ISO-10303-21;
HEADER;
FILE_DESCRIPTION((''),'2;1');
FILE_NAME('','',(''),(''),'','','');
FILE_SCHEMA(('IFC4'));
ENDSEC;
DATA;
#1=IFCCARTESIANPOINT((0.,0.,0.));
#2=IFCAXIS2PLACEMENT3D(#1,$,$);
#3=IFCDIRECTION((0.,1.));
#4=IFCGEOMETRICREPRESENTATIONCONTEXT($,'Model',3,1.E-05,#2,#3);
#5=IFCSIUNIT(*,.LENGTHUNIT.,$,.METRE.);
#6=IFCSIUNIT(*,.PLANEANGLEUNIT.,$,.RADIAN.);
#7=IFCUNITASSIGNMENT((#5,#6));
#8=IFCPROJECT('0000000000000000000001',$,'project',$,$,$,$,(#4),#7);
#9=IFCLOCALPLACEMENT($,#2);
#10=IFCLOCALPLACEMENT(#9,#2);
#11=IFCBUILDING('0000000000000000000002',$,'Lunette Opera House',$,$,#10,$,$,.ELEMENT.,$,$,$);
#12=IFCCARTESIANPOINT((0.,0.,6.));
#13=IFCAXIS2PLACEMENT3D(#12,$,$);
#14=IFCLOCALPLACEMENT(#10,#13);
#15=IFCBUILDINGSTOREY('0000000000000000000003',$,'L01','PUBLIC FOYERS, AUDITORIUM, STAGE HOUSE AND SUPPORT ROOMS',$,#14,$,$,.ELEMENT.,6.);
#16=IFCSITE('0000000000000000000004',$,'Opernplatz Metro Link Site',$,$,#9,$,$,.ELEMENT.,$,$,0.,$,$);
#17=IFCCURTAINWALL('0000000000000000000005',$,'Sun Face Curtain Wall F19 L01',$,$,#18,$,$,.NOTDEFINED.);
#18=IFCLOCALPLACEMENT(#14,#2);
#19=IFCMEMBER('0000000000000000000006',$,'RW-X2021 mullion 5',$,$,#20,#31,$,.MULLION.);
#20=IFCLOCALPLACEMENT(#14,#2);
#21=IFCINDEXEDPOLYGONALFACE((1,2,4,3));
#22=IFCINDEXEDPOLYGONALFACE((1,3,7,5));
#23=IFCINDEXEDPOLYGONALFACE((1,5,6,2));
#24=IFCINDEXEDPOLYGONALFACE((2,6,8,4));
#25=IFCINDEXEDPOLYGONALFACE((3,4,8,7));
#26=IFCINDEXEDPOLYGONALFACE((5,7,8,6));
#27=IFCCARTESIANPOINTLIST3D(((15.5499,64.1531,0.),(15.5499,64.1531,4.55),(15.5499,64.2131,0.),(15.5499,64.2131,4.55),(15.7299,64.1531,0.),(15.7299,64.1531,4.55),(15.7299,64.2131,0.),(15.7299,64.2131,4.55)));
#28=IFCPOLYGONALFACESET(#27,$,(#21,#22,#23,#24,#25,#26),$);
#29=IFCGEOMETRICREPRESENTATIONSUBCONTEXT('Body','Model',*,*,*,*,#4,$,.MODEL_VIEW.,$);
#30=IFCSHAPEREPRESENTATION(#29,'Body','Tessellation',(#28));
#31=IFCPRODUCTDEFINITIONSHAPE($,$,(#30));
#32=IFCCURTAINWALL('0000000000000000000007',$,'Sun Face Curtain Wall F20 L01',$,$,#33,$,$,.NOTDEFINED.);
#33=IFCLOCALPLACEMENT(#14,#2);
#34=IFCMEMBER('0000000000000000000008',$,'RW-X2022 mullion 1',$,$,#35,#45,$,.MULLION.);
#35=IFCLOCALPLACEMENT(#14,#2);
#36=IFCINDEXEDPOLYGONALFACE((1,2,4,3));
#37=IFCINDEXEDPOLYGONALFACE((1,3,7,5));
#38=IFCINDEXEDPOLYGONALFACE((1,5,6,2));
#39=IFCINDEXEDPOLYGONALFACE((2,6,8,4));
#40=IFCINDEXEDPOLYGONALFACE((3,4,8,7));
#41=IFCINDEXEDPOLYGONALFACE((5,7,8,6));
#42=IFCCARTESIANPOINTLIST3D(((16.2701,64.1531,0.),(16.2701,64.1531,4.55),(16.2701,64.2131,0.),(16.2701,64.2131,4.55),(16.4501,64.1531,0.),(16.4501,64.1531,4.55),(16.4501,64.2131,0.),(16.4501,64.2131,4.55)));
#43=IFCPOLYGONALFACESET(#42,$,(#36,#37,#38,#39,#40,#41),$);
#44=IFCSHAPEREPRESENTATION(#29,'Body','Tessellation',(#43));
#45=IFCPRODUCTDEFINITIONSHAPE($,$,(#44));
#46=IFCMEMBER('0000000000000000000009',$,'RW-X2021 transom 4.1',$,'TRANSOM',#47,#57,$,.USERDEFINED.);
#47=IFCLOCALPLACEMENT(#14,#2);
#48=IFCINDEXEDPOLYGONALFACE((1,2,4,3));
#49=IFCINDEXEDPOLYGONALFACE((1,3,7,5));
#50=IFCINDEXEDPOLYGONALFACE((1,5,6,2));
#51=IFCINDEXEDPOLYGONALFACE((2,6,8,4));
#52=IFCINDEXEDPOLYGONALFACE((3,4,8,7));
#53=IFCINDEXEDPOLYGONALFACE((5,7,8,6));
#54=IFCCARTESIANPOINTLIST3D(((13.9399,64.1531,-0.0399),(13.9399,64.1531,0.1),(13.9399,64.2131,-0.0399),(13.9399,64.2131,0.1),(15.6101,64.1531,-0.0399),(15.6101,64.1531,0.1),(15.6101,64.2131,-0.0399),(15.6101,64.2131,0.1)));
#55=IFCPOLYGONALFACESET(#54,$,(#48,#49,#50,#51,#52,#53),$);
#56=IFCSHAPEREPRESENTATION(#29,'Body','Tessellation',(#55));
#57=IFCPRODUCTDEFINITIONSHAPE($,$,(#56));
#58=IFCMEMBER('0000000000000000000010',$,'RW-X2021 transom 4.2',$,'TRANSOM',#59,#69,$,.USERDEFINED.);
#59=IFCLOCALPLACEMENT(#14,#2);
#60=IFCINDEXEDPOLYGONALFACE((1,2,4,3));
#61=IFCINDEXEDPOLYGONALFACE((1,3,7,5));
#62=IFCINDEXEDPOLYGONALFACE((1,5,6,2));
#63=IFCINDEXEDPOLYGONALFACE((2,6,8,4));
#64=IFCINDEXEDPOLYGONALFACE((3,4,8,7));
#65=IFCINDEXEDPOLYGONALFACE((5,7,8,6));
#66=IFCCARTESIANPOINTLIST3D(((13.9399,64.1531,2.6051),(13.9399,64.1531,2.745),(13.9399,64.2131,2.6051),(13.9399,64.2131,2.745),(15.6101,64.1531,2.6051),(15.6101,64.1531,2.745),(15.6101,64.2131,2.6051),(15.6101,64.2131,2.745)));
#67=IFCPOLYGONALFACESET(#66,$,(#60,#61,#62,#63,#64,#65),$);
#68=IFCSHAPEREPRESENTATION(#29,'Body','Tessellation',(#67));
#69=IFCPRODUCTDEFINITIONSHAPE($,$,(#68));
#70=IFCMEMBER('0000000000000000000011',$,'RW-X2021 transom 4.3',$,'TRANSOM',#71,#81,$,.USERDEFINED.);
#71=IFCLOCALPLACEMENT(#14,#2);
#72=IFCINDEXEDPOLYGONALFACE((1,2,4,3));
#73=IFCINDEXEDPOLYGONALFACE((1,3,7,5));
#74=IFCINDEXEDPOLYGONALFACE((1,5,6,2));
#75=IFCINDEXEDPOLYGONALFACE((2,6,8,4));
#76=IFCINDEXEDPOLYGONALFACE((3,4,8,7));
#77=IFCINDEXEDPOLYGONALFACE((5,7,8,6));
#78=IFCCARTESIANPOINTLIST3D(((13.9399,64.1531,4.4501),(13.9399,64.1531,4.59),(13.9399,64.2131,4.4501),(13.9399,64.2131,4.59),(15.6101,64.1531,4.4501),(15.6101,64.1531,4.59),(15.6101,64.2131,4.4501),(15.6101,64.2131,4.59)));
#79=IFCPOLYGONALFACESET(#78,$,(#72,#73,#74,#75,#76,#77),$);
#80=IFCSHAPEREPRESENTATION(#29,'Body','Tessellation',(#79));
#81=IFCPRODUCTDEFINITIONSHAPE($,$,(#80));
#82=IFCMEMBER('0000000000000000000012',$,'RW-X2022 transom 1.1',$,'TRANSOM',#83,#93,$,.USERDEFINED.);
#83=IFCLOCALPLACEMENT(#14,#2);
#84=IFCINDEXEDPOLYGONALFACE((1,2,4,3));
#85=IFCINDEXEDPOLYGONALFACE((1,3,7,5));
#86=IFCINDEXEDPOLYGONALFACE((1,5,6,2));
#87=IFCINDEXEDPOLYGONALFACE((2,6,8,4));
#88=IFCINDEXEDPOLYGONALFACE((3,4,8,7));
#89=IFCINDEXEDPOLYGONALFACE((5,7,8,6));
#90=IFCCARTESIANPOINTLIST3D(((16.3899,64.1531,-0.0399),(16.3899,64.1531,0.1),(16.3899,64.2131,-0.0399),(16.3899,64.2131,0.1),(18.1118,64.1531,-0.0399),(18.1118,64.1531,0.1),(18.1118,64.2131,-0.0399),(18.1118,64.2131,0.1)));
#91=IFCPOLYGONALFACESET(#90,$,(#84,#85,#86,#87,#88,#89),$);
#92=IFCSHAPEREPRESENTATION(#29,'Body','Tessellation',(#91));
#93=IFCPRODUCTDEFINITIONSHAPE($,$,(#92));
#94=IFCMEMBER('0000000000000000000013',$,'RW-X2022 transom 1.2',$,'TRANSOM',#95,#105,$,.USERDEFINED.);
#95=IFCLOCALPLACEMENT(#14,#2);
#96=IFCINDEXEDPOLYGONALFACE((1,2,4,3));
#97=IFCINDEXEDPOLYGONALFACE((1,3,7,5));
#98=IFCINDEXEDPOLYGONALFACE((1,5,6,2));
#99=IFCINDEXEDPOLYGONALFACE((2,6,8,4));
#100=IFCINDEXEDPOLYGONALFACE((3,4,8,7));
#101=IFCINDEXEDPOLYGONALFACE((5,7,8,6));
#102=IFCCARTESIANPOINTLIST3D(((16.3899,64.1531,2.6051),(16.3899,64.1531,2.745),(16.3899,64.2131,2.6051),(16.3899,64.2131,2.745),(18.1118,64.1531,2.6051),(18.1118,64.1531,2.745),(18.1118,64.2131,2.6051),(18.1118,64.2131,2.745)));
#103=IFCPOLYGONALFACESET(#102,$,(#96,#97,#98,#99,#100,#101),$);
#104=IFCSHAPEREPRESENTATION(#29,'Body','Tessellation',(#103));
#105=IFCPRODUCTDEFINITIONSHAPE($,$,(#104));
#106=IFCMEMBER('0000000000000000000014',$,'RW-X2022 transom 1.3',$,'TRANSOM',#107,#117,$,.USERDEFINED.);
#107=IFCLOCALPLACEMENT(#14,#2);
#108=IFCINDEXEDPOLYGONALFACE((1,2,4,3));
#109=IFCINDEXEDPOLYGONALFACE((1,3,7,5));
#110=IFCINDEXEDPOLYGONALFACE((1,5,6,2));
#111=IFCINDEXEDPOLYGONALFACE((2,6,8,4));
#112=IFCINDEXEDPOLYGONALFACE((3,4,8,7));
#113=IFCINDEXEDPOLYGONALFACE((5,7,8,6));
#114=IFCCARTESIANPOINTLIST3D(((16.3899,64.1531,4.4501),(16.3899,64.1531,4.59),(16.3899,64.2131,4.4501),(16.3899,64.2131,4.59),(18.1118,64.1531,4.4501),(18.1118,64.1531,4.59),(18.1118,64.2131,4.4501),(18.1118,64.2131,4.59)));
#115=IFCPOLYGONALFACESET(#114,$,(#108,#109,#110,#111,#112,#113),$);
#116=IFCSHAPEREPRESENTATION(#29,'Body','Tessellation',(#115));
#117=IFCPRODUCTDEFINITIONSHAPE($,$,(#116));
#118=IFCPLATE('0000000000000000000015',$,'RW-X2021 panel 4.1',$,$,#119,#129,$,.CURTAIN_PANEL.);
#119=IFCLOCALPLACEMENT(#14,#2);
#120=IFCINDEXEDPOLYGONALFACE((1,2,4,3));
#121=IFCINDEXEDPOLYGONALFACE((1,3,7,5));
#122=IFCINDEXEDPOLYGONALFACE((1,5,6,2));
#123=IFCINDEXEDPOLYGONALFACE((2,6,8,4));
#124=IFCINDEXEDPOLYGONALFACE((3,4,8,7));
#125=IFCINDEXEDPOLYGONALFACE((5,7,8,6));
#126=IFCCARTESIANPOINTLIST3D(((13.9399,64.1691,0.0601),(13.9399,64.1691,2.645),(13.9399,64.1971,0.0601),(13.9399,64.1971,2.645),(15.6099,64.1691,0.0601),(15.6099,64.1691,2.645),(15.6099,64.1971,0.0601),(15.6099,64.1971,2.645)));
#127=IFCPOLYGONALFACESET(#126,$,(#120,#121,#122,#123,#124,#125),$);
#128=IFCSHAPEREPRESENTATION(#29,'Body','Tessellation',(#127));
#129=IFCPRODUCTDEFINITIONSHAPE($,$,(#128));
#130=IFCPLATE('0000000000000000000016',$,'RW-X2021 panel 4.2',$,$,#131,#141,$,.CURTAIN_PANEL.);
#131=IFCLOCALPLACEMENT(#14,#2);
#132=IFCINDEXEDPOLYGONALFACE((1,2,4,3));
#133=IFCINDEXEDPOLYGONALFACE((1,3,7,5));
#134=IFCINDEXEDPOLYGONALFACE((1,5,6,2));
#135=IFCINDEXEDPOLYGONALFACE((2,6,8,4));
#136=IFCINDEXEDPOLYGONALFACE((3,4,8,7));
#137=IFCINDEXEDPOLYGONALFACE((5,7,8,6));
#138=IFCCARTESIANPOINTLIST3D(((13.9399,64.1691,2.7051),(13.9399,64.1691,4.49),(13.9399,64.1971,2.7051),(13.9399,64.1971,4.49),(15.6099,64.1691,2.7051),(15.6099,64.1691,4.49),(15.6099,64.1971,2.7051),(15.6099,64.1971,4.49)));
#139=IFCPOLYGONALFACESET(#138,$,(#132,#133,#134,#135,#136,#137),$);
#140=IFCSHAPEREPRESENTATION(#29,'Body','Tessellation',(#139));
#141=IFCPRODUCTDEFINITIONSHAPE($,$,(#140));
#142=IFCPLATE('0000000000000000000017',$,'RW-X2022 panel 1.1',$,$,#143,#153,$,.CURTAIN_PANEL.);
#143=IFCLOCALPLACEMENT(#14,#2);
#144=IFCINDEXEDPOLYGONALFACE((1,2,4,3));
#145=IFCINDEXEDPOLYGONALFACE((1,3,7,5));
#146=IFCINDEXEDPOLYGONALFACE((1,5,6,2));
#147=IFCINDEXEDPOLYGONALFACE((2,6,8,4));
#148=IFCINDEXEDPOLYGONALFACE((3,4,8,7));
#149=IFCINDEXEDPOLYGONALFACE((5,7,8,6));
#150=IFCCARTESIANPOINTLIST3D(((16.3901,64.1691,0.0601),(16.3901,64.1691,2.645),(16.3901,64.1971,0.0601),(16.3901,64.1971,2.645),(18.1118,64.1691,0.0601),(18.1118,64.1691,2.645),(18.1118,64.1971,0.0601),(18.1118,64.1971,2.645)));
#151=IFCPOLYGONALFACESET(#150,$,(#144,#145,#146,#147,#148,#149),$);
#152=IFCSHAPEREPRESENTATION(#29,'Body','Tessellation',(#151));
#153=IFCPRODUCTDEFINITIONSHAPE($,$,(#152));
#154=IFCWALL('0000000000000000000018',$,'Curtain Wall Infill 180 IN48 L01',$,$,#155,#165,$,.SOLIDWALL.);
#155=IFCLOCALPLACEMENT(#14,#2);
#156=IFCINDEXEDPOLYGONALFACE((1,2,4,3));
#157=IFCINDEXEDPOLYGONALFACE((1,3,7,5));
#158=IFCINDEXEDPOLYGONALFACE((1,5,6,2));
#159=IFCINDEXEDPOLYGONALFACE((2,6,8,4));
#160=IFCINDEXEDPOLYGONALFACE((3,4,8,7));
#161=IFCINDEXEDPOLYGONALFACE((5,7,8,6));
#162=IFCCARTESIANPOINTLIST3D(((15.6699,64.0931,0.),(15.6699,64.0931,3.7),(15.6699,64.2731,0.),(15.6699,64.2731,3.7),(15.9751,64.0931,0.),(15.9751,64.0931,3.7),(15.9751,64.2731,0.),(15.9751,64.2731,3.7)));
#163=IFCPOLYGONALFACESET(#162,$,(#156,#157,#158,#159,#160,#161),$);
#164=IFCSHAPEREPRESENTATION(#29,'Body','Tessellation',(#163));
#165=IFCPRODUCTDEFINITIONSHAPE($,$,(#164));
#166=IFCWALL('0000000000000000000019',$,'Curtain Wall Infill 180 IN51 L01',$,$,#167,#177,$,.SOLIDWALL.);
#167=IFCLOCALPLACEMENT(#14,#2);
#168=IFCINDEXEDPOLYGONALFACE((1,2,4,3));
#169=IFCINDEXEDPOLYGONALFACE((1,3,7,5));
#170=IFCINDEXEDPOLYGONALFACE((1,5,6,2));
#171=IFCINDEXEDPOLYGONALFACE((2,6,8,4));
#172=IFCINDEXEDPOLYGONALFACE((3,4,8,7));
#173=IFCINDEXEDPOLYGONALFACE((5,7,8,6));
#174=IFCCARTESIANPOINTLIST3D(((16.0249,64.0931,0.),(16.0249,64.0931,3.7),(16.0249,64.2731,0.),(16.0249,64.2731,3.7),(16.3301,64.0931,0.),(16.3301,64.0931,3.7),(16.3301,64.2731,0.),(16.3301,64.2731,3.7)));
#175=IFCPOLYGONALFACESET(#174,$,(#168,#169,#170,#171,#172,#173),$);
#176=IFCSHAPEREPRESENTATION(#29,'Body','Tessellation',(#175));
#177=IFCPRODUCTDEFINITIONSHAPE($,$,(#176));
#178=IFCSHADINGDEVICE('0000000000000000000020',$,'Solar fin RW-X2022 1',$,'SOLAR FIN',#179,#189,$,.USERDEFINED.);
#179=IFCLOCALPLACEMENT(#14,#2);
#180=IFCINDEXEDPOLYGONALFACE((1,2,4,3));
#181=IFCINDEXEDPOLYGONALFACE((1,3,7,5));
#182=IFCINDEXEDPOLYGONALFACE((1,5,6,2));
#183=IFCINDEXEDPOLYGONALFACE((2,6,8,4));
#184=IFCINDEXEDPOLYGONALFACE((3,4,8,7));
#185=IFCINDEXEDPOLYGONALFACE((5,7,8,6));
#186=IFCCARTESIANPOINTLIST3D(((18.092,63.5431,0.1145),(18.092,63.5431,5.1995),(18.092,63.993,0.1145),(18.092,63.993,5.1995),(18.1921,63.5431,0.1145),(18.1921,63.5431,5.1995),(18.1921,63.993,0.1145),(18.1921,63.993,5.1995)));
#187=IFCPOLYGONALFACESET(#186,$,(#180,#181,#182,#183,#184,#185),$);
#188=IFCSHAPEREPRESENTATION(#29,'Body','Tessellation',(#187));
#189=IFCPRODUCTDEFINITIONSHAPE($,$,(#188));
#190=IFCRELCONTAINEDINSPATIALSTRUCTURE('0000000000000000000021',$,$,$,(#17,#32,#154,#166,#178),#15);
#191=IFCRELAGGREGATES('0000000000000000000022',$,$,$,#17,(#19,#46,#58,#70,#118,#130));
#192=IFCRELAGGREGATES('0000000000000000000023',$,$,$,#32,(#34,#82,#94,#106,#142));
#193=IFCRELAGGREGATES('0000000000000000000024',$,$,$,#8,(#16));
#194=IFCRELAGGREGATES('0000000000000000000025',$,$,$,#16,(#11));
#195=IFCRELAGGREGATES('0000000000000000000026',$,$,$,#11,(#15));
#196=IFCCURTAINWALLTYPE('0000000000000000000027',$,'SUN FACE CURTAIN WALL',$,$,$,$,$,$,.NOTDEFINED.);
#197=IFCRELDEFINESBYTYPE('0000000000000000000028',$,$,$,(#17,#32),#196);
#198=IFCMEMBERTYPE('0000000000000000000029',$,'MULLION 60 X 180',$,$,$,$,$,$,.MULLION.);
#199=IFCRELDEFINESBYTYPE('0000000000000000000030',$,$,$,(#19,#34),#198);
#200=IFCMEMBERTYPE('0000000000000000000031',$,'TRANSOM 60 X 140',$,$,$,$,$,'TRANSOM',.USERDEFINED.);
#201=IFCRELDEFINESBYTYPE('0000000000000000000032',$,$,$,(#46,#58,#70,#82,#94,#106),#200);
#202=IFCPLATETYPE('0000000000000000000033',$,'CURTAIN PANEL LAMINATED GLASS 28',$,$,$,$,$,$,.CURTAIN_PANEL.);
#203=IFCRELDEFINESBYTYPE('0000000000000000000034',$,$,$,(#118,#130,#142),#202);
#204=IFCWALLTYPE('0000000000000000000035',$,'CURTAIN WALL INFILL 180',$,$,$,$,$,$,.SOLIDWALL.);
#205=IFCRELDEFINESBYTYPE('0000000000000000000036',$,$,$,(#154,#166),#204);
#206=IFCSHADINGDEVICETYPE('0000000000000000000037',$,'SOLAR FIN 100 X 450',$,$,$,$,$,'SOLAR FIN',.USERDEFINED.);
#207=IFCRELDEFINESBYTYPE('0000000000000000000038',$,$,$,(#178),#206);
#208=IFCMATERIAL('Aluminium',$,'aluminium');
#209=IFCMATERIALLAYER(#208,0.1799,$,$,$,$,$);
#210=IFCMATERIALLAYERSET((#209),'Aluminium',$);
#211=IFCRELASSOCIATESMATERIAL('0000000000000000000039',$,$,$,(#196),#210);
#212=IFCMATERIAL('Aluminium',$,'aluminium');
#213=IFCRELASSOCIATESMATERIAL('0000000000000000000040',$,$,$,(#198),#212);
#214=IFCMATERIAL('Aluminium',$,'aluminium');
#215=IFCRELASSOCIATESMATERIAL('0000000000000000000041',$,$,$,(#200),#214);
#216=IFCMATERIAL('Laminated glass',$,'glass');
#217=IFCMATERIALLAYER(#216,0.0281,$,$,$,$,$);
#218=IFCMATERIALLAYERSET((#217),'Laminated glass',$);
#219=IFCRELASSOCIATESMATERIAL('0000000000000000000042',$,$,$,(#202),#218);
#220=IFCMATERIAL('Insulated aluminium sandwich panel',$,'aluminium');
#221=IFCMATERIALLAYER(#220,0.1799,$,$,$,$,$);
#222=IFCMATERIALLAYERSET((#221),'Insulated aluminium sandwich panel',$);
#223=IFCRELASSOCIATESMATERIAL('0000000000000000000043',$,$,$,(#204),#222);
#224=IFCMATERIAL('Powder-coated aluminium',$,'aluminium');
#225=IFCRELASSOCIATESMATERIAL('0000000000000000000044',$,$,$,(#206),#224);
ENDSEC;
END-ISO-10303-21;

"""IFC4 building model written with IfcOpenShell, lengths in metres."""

from ifc_helpers import new_model, si_unit, direction, frame, frame_2d, origin, origin_2d, place, context, subcontext, project, spatial, rectangle, extrude, material, layer, layer_set, material_profile, profile_set, type_object, element, aggregate, save


model = new_model("IFC4")

# Units and contexts
model_context = context("Model", 3, precision=1e-05, world=origin(), true_north=direction((0.0, 1.0)))
body_context = subcontext(model_context, "Body", "Model", "MODEL_VIEW")
ifc_project = project(units=[si_unit("LENGTHUNIT", "METRE"), si_unit("PLANEANGLEUNIT", "RADIAN")], contexts=[model_context])

# Site, building, storey
site_placement = place(None, origin())
site = spatial("IfcSite", under=ifc_project, at=site_placement, Name="Opernplatz Metro Link Site", CompositionType="ELEMENT", RefElevation=0.0)
building_placement = place(site_placement, origin())
building = spatial("IfcBuilding", under=site, at=building_placement, Name="Lunette Opera House", CompositionType="ELEMENT")
storey_placement = place(building_placement, frame((0.0, 0.0, 6.0)))
storey = spatial("IfcBuildingStorey", under=building, at=storey_placement, Name="L01", Description="PUBLIC FOYERS, AUDITORIUM, STAGE HOUSE AND SUPPORT ROOMS", CompositionType="ELEMENT", Elevation=6.0)

# Curtain walls, members
ifc_material_1 = material(Name="Aluminium", Category="aluminium")
ifc_layer_1 = layer(ifc_material_1, 0.1799)
ifc_layer_set_1 = layer_set([ifc_layer_1], Name="Aluminium")
curtain_wall_type = type_object("IfcCurtainWallType", Name="SUN FACE CURTAIN WALL", PredefinedType="NOTDEFINED", material=ifc_layer_set_1)
curtain_wall_1_placement = place(storey_placement, origin())
curtain_wall_1 = element("IfcCurtainWall", 1, at=curtain_wall_1_placement, inside=storey, type_object=curtain_wall_type, Name="Sun Face Curtain Wall F19 L01", PredefinedType="NOTDEFINED")
ifc_material_2 = material(Name="Aluminium", Category="aluminium")
ifc_material_profile_1 = material_profile(ifc_material_2, rectangle(XDim=0.0601, YDim=0.1799, at=origin_2d()), Name="MULLION 60 X 180")
ifc_profile_set_1 = profile_set([ifc_material_profile_1], Name="Aluminium")
member_type_1 = type_object("IfcMemberType", Name="MULLION 60 X 180", PredefinedType="MULLION", material=ifc_profile_set_1)
member_1_placement = place(storey_placement, frame((15.6399, 64.1831, 0.0), z_axis=(0.0, 0.0, 1.0), x_axis=(0.0, 1.0, 0.0)))
member_1 = element("IfcMember", 2, at=member_1_placement, type_object=member_type_1, Name="RW-X2021 mullion 5", PredefinedType="MULLION", context=body_context, shape_type="SweptSolid", body=[
    extrude(rectangle(XDim=0.0601, YDim=0.1799, at=origin_2d()), origin(), (0.0, 0.0, 1.0), 4.55),
])
curtain_wall_2_placement = place(storey_placement, origin())
curtain_wall_2 = element("IfcCurtainWall", 3, at=curtain_wall_2_placement, inside=storey, type_object=curtain_wall_type, Name="Sun Face Curtain Wall F20 L01", PredefinedType="NOTDEFINED")
member_2_placement = place(storey_placement, frame((16.3601, 64.1831, 0.0), z_axis=(0.0, 0.0, 1.0), x_axis=(0.0, 1.0, 0.0)))
member_2 = element("IfcMember", 4, at=member_2_placement, type_object=member_type_1, Name="RW-X2022 mullion 1", PredefinedType="MULLION", context=body_context, shape_type="SweptSolid", body=[
    extrude(rectangle(XDim=0.0601, YDim=0.1799, at=origin_2d()), origin(), (0.0, 0.0, 1.0), 4.55),
])

# Members
ifc_material_3 = material(Name="Aluminium", Category="aluminium")
ifc_material_profile_2 = material_profile(ifc_material_3, rectangle(XDim=0.0601, YDim=0.1399, at=origin_2d()), Name="TRANSOM 60 X 140")
ifc_profile_set_2 = profile_set([ifc_material_profile_2], Name="Aluminium")
member_type_2 = type_object("IfcMemberType", Name="TRANSOM 60 X 140", ElementType="TRANSOM", PredefinedType="USERDEFINED", material=ifc_profile_set_2)
member_3_placement = place(storey_placement, frame((13.9399, 64.1831, 0.03), z_axis=(1.0, 0.0, 0.0), x_axis=(0.0, 1.0, 0.0)))
member_3 = element("IfcMember", 5, at=member_3_placement, type_object=member_type_2, Name="RW-X2021 transom 4.1", ObjectType="TRANSOM", PredefinedType="USERDEFINED", context=body_context, shape_type="SweptSolid", body=[
    extrude(rectangle(XDim=0.0601, YDim=0.1399, at=origin_2d()), origin(), (0.0, 0.0, 1.0), 1.6702),
])
member_4_placement = place(storey_placement, frame((13.9399, 64.1831, 2.675), z_axis=(1.0, 0.0, 0.0), x_axis=(0.0, 1.0, 0.0)))
member_4 = element("IfcMember", 6, at=member_4_placement, type_object=member_type_2, Name="RW-X2021 transom 4.2", ObjectType="TRANSOM", PredefinedType="USERDEFINED", context=body_context, shape_type="SweptSolid", body=[
    extrude(rectangle(XDim=0.0601, YDim=0.1399, at=origin_2d()), origin(), (0.0, 0.0, 1.0), 1.6702),
])
member_5_placement = place(storey_placement, frame((13.9399, 64.1831, 4.52), z_axis=(1.0, 0.0, 0.0), x_axis=(0.0, 1.0, 0.0)))
member_5 = element("IfcMember", 7, at=member_5_placement, type_object=member_type_2, Name="RW-X2021 transom 4.3", ObjectType="TRANSOM", PredefinedType="USERDEFINED", context=body_context, shape_type="SweptSolid", body=[
    extrude(rectangle(XDim=0.0601, YDim=0.1399, at=origin_2d()), origin(), (0.0, 0.0, 1.0), 1.6702),
])
member_6_placement = place(storey_placement, frame((16.3899, 64.1831, 0.03), z_axis=(1.0, 0.0, 0.0), x_axis=(0.0, 1.0, 0.0)))
member_6 = element("IfcMember", 8, at=member_6_placement, type_object=member_type_2, Name="RW-X2022 transom 1.1", ObjectType="TRANSOM", PredefinedType="USERDEFINED", context=body_context, shape_type="SweptSolid", body=[
    extrude(rectangle(XDim=0.0601, YDim=0.1399, at=origin_2d()), origin(), (0.0, 0.0, 1.0), 1.7219),
])
member_7_placement = place(storey_placement, frame((16.3899, 64.1831, 2.675), z_axis=(1.0, 0.0, 0.0), x_axis=(0.0, 1.0, 0.0)))
member_7 = element("IfcMember", 9, at=member_7_placement, type_object=member_type_2, Name="RW-X2022 transom 1.2", ObjectType="TRANSOM", PredefinedType="USERDEFINED", context=body_context, shape_type="SweptSolid", body=[
    extrude(rectangle(XDim=0.0601, YDim=0.1399, at=origin_2d()), origin(), (0.0, 0.0, 1.0), 1.7219),
])
member_8_placement = place(storey_placement, frame((16.3899, 64.1831, 4.52), z_axis=(1.0, 0.0, 0.0), x_axis=(0.0, 1.0, 0.0)))
member_8 = element("IfcMember", 10, at=member_8_placement, type_object=member_type_2, Name="RW-X2022 transom 1.3", ObjectType="TRANSOM", PredefinedType="USERDEFINED", context=body_context, shape_type="SweptSolid", body=[
    extrude(rectangle(XDim=0.0601, YDim=0.1399, at=origin_2d()), origin(), (0.0, 0.0, 1.0), 1.7219),
])

# Plates
ifc_material_4 = material(Name="Laminated glass", Category="glass")
ifc_layer_2 = layer(ifc_material_4, 0.0281)
ifc_layer_set_2 = layer_set([ifc_layer_2], Name="Laminated glass")
plate_type = type_object("IfcPlateType", Name="CURTAIN PANEL LAMINATED GLASS 28", PredefinedType="CURTAIN_PANEL", material=ifc_layer_set_2)
plate_1_placement = place(storey_placement, frame((14.7749, 64.1831, 0.0601), z_axis=(0.0, 0.0, 1.0), x_axis=(1.0, 0.0, 0.0)))
plate_1 = element("IfcPlate", 11, at=plate_1_placement, type_object=plate_type, Name="RW-X2021 panel 4.1", PredefinedType="CURTAIN_PANEL", context=body_context, shape_type="SweptSolid", body=[
    extrude(rectangle(XDim=1.6699, YDim=0.0281, at=origin_2d()), origin(), (0.0, 0.0, 1.0), 2.585),
])
plate_2_placement = place(storey_placement, frame((14.7749, 64.1831, 2.7051), z_axis=(0.0, 0.0, 1.0), x_axis=(1.0, 0.0, 0.0)))
plate_2 = element("IfcPlate", 12, at=plate_2_placement, type_object=plate_type, Name="RW-X2021 panel 4.2", PredefinedType="CURTAIN_PANEL", context=body_context, shape_type="SweptSolid", body=[
    extrude(rectangle(XDim=1.6699, YDim=0.0281, at=origin_2d()), origin(), (0.0, 0.0, 1.0), 1.7849),
])
aggregate(curtain_wall_1, [member_1, member_3, member_4, member_5, plate_1, plate_2])
plate_3_placement = place(storey_placement, frame((17.251, 64.1831, 0.0601), z_axis=(0.0, 0.0, 1.0), x_axis=(1.0, 0.0, 0.0)))
plate_3 = element("IfcPlate", 13, at=plate_3_placement, type_object=plate_type, Name="RW-X2022 panel 1.1", PredefinedType="CURTAIN_PANEL", context=body_context, shape_type="SweptSolid", body=[
    extrude(rectangle(XDim=1.7217, YDim=0.0281, at=origin_2d()), origin(), (0.0, 0.0, 1.0), 2.585),
])
aggregate(curtain_wall_2, [member_2, member_6, member_7, member_8, plate_3])

# Walls
ifc_material_5 = material(Name="Insulated aluminium sandwich panel", Category="aluminium")
ifc_layer_3 = layer(ifc_material_5, 0.1799)
ifc_layer_set_3 = layer_set([ifc_layer_3], Name="Insulated aluminium sandwich panel")
wall_type = type_object("IfcWallType", Name="CURTAIN WALL INFILL 180", PredefinedType="SOLIDWALL", material=ifc_layer_set_3)
for number, where, z_axis, x_axis, name in (
    (14, (15.6699, 64.1831, 0.0), (0.0, 0.0, 1.0), (1.0, 0.0, 0.0), "Curtain Wall Infill 180 IN48 L01"),
    (15, (16.3301, 64.1831, 0.0), (0.0, 0.0, 1.0), (-1.0, 0.0, 0.0), "Curtain Wall Infill 180 IN51 L01"),
):
    element("IfcWall", number, at=place(storey_placement, frame(where, z_axis=z_axis, x_axis=x_axis)), inside=storey, type_object=wall_type, Name=name, PredefinedType="SOLIDWALL", context=body_context, shape_type="SweptSolid", body=[
        extrude(rectangle(XDim=0.3052, YDim=0.1799, at=frame_2d((0.1526, 0.0))), origin(), (0.0, 0.0, 1.0), 3.7),
    ])

# Shading device
ifc_material_6 = material(Name="Powder-coated aluminium", Category="aluminium")
shading_device_type = type_object("IfcShadingDeviceType", Name="SOLAR FIN 100 X 450", ElementType="SOLAR FIN", PredefinedType="USERDEFINED", material=ifc_material_6)
for number, where, z_axis, x_axis, name in (
    (16, (18.1421, 63.7681, 0.1145), (0.0, 0.0, 1.0), (0.0, -1.0, 0.0), "Solar fin RW-X2022 1"),
):
    element("IfcShadingDevice", number, at=place(storey_placement, frame(where, z_axis=z_axis, x_axis=x_axis)), inside=storey, type_object=shading_device_type, Name=name, ObjectType="SOLAR FIN", PredefinedType="USERDEFINED", context=body_context, shape_type="SweptSolid", body=[
        extrude(rectangle(XDim=0.45, YDim=0.1001, at=origin_2d()), origin(), (0.0, 0.0, 1.0), 5.085),
    ])

save(model, "model.ifc")
